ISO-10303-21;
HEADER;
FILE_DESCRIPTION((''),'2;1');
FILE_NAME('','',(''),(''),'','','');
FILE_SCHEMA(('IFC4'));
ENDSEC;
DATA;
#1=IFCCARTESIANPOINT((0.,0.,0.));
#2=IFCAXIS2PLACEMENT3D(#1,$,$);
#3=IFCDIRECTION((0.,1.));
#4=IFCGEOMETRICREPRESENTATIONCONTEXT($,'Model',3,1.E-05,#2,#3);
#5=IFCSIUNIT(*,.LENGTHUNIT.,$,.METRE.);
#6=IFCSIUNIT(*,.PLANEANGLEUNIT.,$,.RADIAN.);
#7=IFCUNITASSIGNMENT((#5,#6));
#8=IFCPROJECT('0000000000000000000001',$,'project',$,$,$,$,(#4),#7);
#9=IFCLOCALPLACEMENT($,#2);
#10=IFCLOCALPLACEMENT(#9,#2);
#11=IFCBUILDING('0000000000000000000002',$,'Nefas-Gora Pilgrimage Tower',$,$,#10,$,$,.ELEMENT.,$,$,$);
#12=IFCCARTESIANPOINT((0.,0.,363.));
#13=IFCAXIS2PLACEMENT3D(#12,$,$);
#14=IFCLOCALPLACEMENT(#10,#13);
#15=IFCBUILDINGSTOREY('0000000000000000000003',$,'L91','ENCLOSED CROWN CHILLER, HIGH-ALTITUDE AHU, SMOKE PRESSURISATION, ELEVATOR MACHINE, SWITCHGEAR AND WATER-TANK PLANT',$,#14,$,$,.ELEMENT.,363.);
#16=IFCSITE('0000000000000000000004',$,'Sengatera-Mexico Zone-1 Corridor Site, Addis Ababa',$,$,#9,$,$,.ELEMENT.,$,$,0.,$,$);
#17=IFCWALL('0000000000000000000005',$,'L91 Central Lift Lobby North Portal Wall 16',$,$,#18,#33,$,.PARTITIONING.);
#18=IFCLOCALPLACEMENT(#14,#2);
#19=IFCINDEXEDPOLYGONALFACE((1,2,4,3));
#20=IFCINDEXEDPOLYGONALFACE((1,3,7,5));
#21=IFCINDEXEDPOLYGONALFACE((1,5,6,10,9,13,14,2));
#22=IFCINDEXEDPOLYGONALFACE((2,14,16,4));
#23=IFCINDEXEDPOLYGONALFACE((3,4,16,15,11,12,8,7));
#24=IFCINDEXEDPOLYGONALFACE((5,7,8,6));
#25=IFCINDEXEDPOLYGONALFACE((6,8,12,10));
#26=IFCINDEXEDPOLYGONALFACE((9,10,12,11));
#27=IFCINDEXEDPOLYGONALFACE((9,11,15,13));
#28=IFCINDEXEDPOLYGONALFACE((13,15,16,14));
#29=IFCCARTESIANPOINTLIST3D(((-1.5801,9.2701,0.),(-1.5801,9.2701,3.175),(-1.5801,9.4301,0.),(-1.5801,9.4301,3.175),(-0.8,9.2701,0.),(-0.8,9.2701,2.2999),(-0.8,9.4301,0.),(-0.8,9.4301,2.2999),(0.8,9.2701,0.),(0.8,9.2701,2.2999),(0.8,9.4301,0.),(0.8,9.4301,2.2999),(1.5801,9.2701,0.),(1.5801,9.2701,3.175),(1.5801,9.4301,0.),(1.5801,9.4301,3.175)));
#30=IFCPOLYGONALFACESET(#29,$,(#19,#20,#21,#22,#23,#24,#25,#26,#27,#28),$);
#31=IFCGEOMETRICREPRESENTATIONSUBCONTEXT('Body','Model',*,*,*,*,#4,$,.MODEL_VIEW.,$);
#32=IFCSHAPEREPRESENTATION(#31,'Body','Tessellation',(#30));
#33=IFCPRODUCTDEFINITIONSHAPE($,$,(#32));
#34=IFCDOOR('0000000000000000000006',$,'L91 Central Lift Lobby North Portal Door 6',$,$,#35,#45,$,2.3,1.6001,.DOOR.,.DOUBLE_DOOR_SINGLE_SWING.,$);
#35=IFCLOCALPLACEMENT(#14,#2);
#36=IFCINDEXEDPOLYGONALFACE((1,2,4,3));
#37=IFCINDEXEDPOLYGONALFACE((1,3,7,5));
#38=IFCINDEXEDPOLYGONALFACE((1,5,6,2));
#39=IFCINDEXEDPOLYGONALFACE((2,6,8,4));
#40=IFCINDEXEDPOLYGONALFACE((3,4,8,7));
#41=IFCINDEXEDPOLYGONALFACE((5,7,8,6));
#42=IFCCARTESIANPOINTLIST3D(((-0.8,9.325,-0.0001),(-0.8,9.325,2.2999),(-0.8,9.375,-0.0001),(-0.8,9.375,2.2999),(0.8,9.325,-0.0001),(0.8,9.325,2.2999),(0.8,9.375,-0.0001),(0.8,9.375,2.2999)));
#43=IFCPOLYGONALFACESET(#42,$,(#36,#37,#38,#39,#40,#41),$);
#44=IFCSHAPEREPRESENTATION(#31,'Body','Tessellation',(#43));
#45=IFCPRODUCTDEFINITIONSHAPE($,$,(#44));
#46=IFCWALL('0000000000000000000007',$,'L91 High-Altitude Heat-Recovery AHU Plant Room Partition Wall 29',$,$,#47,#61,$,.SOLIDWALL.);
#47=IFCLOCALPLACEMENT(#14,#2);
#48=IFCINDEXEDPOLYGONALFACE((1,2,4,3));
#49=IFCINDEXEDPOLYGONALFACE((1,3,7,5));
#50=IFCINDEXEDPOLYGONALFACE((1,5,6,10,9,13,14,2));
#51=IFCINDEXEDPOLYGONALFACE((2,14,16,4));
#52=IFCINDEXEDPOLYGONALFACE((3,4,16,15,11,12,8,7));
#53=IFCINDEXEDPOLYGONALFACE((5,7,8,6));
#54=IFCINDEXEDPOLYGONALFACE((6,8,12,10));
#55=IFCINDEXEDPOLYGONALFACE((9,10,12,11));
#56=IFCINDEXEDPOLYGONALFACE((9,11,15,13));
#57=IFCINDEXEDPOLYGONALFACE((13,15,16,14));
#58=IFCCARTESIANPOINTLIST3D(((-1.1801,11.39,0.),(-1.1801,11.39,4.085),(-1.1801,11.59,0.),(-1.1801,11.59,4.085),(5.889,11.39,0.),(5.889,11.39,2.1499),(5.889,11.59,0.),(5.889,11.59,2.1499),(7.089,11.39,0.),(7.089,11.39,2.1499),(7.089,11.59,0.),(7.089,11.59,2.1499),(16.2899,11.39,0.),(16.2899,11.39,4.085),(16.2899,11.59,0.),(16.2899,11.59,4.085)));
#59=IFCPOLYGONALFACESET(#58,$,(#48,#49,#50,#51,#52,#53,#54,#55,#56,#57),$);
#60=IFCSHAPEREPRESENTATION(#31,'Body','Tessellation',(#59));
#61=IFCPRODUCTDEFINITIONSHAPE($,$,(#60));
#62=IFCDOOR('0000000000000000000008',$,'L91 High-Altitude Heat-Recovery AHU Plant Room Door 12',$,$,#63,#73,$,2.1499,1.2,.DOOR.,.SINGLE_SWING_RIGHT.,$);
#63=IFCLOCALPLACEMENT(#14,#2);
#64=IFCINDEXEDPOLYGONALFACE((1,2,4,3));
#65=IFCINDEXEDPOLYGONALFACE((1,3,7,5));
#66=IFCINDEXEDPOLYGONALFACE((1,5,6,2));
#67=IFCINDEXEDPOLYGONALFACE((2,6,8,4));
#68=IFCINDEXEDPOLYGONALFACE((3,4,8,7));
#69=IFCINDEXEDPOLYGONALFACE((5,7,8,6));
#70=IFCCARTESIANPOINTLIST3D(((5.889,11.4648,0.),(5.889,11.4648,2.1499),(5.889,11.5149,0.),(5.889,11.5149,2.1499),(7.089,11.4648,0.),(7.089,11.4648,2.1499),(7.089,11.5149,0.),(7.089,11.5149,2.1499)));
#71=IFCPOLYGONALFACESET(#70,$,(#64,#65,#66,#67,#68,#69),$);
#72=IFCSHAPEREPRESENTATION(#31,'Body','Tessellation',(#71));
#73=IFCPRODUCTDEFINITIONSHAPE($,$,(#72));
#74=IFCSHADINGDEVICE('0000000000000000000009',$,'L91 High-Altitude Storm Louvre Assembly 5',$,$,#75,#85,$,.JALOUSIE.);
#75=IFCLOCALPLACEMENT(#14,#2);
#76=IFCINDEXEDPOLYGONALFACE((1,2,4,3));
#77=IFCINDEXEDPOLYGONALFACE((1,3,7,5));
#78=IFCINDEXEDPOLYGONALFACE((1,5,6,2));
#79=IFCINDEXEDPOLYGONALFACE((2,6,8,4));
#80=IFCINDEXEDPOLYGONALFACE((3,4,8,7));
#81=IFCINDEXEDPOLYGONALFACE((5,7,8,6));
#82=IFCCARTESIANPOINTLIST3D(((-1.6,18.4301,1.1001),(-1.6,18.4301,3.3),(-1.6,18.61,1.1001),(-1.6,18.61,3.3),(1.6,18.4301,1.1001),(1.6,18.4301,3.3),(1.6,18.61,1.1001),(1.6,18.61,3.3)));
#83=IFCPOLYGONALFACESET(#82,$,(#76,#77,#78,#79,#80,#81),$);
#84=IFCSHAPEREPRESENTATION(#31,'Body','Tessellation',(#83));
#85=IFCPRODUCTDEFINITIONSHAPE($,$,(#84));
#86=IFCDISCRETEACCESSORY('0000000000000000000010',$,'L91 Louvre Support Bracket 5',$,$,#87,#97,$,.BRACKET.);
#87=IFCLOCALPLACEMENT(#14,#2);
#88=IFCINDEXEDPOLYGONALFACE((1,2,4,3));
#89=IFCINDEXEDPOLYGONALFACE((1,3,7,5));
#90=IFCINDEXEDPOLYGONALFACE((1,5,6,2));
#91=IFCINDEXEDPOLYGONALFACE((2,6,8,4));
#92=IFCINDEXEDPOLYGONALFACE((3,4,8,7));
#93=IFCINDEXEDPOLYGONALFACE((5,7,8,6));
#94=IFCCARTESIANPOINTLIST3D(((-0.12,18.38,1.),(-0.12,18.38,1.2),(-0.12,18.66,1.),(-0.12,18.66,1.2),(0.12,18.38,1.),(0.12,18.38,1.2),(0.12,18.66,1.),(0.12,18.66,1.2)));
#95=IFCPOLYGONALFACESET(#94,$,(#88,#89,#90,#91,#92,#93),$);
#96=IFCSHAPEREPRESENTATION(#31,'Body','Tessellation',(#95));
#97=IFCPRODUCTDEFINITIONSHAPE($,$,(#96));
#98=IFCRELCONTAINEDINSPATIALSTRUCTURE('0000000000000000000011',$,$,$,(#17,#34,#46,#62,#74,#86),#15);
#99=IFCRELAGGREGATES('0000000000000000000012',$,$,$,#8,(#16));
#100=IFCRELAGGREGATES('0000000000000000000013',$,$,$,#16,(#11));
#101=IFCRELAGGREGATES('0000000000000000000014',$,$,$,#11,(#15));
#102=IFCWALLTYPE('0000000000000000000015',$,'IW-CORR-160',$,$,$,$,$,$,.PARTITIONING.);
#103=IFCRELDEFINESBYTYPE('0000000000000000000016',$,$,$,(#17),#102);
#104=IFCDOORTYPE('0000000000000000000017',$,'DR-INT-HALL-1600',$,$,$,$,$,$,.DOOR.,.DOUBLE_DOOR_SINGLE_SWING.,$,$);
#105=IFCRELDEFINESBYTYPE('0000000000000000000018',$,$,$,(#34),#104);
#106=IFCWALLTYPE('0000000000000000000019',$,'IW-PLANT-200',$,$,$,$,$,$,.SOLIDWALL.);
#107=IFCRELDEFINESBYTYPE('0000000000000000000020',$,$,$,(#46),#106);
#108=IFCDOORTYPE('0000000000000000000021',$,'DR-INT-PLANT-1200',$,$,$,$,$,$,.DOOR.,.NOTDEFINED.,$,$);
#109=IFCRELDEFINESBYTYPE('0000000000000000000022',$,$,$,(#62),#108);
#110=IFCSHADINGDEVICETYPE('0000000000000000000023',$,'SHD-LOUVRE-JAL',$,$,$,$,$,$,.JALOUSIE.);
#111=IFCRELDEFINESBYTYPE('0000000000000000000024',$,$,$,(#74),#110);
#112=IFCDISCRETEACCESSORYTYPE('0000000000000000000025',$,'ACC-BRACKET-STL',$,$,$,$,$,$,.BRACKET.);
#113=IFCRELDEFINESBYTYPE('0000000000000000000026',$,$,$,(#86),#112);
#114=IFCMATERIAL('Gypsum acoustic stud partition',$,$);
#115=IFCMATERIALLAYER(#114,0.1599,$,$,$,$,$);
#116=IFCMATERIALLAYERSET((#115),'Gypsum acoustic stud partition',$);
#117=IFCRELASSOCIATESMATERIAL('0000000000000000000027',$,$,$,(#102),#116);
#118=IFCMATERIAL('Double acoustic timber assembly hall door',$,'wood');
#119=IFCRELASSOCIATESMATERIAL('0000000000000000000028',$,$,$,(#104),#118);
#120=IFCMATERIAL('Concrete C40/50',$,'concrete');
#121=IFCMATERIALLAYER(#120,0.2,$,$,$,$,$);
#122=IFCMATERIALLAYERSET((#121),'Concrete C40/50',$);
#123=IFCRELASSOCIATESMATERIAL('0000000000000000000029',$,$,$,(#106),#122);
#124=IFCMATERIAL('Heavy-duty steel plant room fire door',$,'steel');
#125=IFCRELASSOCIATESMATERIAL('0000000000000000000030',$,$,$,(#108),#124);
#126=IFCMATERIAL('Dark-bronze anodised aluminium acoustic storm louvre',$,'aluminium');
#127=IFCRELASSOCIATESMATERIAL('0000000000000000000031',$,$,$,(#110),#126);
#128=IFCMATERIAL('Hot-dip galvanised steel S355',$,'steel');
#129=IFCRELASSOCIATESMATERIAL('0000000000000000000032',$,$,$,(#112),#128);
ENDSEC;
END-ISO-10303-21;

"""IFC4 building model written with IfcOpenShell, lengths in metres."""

from ifc_helpers import new_model, si_unit, direction, frame, frame_2d, origin, origin_2d, place, context, subcontext, project, spatial, rectangle, extrude, source, transform, mapped, material, layer, layer_set, type_object, element, fill, save


model = new_model("IFC4")

# Units and contexts
model_context = context("Model", 3, precision=1e-05, world=origin(), true_north=direction((0.0, 1.0)))
body_context = subcontext(model_context, "Body", "Model", "MODEL_VIEW")
ifc_project = project(units=[si_unit("LENGTHUNIT", "METRE"), si_unit("PLANEANGLEUNIT", "RADIAN")], contexts=[model_context])

# Site, building, storey
site_placement = place(None, origin())
site = spatial("IfcSite", under=ifc_project, at=site_placement, Name="Sengatera-Mexico Zone-1 Corridor Site, Addis Ababa", CompositionType="ELEMENT", RefElevation=0.0)
building_placement = place(site_placement, origin())
building = spatial("IfcBuilding", under=site, at=building_placement, Name="Nefas-Gora Pilgrimage Tower", CompositionType="ELEMENT")
storey_placement = place(building_placement, frame((0.0, 0.0, 363.0)))
storey = spatial("IfcBuildingStorey", under=building, at=storey_placement, Name="L91", Description="ENCLOSED CROWN CHILLER, HIGH-ALTITUDE AHU, SMOKE PRESSURISATION, ELEVATOR MACHINE, SWITCHGEAR AND WATER-TANK PLANT", CompositionType="ELEMENT", Elevation=363.0)

# Walls, openings, doors
ifc_material_1 = material(Name="Gypsum acoustic stud partition")
ifc_layer_1 = layer(ifc_material_1, 0.1599)
ifc_layer_set_1 = layer_set([ifc_layer_1], Name="Gypsum acoustic stud partition")
wall_type_1 = type_object("IfcWallType", Name="IW-CORR-160", PredefinedType="PARTITIONING", material=ifc_layer_set_1)
shared_shape_1 = source(origin(), body_context, "Body", "SweptSolid", [
    extrude(rectangle(XDim=3.1602, YDim=0.1599, at=frame_2d((1.5801, 0.0))), origin(), (0.0, 0.0, 1.0), 3.175),
])
wall_1_placement = place(storey_placement, frame((-1.5801, 9.3501, 0.0), z_axis=(0.0, 0.0, 1.0), x_axis=(1.0, 0.0, 0.0)))
wall_1 = element("IfcWall", 1, at=wall_1_placement, inside=storey, type_object=wall_type_1, Name="L91 Central Lift Lobby North Portal Wall 16", PredefinedType="PARTITIONING", context=body_context, shape_type="MappedRepresentation", body=[
    mapped(shared_shape_1, transform((0.0, 0.0, 0.0), x_axis=(1.0, 0.0, 0.0), y_axis=(0.0, 1.0, 0.0), z_axis=(0.0, 0.0, 1.0), scale=1.0)),
])
opening_1_placement = place(wall_1_placement, frame((0.78, 0.0, 0.0)))
opening_1 = element("IfcOpeningElement", 2, at=opening_1_placement, cuts=wall_1, PredefinedType="OPENING", context=body_context, shape_type="SweptSolid", body=[
    extrude(rectangle(XDim=1.6001, YDim=2.3, at=frame_2d((0.8, 1.1499))), frame((0.0, 0.0898, 0.0), z_axis=(0.0, -1.0, 0.0), x_axis=(1.0, 0.0, 0.0)), (0.0, 0.0, 1.0), 0.1799),
])
ifc_material_2 = material(Name="Double acoustic timber assembly hall door", Category="wood")
door_type_1 = type_object("IfcDoorType", Name="DR-INT-HALL-1600", OperationType="DOUBLE_DOOR_SINGLE_SWING", PredefinedType="DOOR", material=ifc_material_2)
shared_shape_2 = source(origin(), body_context, "Body", "SweptSolid", [
    extrude(rectangle(XDim=1.6001, YDim=2.3, at=frame_2d((0.8, 1.1499))), frame((0.0, 0.0249, 0.0), z_axis=(0.0, -1.0, 0.0), x_axis=(1.0, 0.0, 0.0)), (0.0, 0.0, 1.0), 0.05),
])
door_1_placement = place(opening_1_placement, origin())
door_1 = element("IfcDoor", 3, at=door_1_placement, inside=storey, type_object=door_type_1, Name="L91 Central Lift Lobby North Portal Door 6", OperationType="DOUBLE_DOOR_SINGLE_SWING", OverallHeight=2.3, OverallWidth=1.6001, PredefinedType="DOOR", context=body_context, shape_type="MappedRepresentation", body=[
    mapped(shared_shape_2, transform((0.0, 0.0, 0.0), x_axis=(1.0, 0.0, 0.0), y_axis=(0.0, 1.0, 0.0), z_axis=(0.0, 0.0, 1.0), scale=1.0)),
])
fill(opening_1, door_1)
ifc_material_3 = material(Name="Concrete C40/50", Category="concrete")
ifc_layer_2 = layer(ifc_material_3, 0.2)
ifc_layer_set_2 = layer_set([ifc_layer_2], Name="Concrete C40/50")
wall_type_2 = type_object("IfcWallType", Name="IW-PLANT-200", PredefinedType="SOLIDWALL", material=ifc_layer_set_2)
shared_shape_3 = source(origin(), body_context, "Body", "SweptSolid", [
    extrude(rectangle(XDim=17.47, YDim=0.2, at=frame_2d((8.7349, 0.0))), origin(), (0.0, 0.0, 1.0), 4.085),
])
wall_2_placement = place(storey_placement, frame((-1.1799, 11.49, 0.0), z_axis=(0.0, 0.0, 1.0), x_axis=(1.0, 0.0, 0.0)))
wall_2 = element("IfcWall", 4, at=wall_2_placement, inside=storey, type_object=wall_type_2, Name="L91 High-Altitude Heat-Recovery AHU Plant Room Partition Wall 29", PredefinedType="SOLIDWALL", context=body_context, shape_type="MappedRepresentation", body=[
    mapped(shared_shape_3, transform((0.0, 0.0, 0.0), x_axis=(1.0, 0.0, 0.0), y_axis=(0.0, 1.0, 0.0), z_axis=(0.0, 0.0, 1.0), scale=1.0)),
])
opening_2_placement = place(wall_2_placement, frame((7.0688, 0.0, 0.0)))
opening_2 = element("IfcOpeningElement", 5, at=opening_2_placement, cuts=wall_2, PredefinedType="OPENING", context=body_context, shape_type="SweptSolid", body=[
    extrude(rectangle(XDim=1.2, YDim=2.1499, at=frame_2d((0.6001, 1.075))), frame((0.0, 0.1099, 0.0), z_axis=(0.0, -1.0, 0.0), x_axis=(1.0, 0.0, 0.0)), (0.0, 0.0, 1.0), 0.22),
])
ifc_material_4 = material(Name="Heavy-duty steel plant room fire door", Category="steel")
door_type_2 = type_object("IfcDoorType", Name="DR-INT-PLANT-1200", OperationType="NOTDEFINED", PredefinedType="DOOR", material=ifc_material_4)
shared_shape_4 = source(origin(), body_context, "Body", "SweptSolid", [
    extrude(rectangle(XDim=1.2, YDim=2.1499, at=frame_2d((0.6001, 1.075))), frame((0.0, 0.0249, 0.0), z_axis=(0.0, -1.0, 0.0), x_axis=(1.0, 0.0, 0.0)), (0.0, 0.0, 1.0), 0.05),
])
door_2_placement = place(opening_2_placement, origin())
door_2 = element("IfcDoor", 6, at=door_2_placement, inside=storey, type_object=door_type_2, Name="L91 High-Altitude Heat-Recovery AHU Plant Room Door 12", OperationType="SINGLE_SWING_RIGHT", OverallHeight=2.1499, OverallWidth=1.2, PredefinedType="DOOR", context=body_context, shape_type="MappedRepresentation", body=[
    mapped(shared_shape_4, transform((0.0, 0.0, 0.0), x_axis=(1.0, 0.0, 0.0), y_axis=(0.0, 1.0, 0.0), z_axis=(0.0, 0.0, 1.0), scale=1.0)),
])
fill(opening_2, door_2)

# Shading device
ifc_material_5 = material(Name="Dark-bronze anodised aluminium acoustic storm louvre", Category="aluminium")
shading_device_type = type_object("IfcShadingDeviceType", Name="SHD-LOUVRE-JAL", PredefinedType="JALOUSIE", material=ifc_material_5)
shared_shape_5 = source(origin(), body_context, "Body", "SweptSolid", [
    extrude(rectangle(XDim=3.2, YDim=0.1799, at=origin_2d()), origin(), (0.0, 0.0, 1.0), 2.2),
])
shading_device_placement = place(storey_placement, frame((0.0, 18.52, 1.1001), z_axis=(0.0, 0.0, 1.0), x_axis=(1.0, 0.0, 0.0)))
element("IfcShadingDevice", 7, at=shading_device_placement, inside=storey, type_object=shading_device_type, Name="L91 High-Altitude Storm Louvre Assembly 5", PredefinedType="JALOUSIE", context=body_context, shape_type="MappedRepresentation", body=[
    mapped(shared_shape_5, transform((0.0, 0.0, 0.0), x_axis=(1.0, 0.0, 0.0), y_axis=(0.0, 1.0, 0.0), z_axis=(0.0, 0.0, 1.0), scale=1.0)),
])

# Discrete accessory
ifc_material_6 = material(Name="Hot-dip galvanised steel S355", Category="steel")
discrete_accessory_type = type_object("IfcDiscreteAccessoryType", Name="ACC-BRACKET-STL", PredefinedType="BRACKET", material=ifc_material_6)
shared_shape_6 = source(origin(), body_context, "Body", "SweptSolid", [
    extrude(rectangle(XDim=0.24, YDim=0.28, at=origin_2d()), origin(), (0.0, 0.0, 1.0), 0.2),
])
discrete_accessory_placement = place(storey_placement, frame((0.0, 18.52, 1.0), z_axis=(0.0, 0.0, 1.0), x_axis=(1.0, 0.0, 0.0)))
element("IfcDiscreteAccessory", 8, at=discrete_accessory_placement, inside=storey, type_object=discrete_accessory_type, Name="L91 Louvre Support Bracket 5", PredefinedType="BRACKET", context=body_context, shape_type="MappedRepresentation", body=[
    mapped(shared_shape_6, transform((0.0, 0.0, 0.0), x_axis=(1.0, 0.0, 0.0), y_axis=(0.0, 1.0, 0.0), z_axis=(0.0, 0.0, 1.0), scale=1.0)),
])

save(model, "model.ifc")
